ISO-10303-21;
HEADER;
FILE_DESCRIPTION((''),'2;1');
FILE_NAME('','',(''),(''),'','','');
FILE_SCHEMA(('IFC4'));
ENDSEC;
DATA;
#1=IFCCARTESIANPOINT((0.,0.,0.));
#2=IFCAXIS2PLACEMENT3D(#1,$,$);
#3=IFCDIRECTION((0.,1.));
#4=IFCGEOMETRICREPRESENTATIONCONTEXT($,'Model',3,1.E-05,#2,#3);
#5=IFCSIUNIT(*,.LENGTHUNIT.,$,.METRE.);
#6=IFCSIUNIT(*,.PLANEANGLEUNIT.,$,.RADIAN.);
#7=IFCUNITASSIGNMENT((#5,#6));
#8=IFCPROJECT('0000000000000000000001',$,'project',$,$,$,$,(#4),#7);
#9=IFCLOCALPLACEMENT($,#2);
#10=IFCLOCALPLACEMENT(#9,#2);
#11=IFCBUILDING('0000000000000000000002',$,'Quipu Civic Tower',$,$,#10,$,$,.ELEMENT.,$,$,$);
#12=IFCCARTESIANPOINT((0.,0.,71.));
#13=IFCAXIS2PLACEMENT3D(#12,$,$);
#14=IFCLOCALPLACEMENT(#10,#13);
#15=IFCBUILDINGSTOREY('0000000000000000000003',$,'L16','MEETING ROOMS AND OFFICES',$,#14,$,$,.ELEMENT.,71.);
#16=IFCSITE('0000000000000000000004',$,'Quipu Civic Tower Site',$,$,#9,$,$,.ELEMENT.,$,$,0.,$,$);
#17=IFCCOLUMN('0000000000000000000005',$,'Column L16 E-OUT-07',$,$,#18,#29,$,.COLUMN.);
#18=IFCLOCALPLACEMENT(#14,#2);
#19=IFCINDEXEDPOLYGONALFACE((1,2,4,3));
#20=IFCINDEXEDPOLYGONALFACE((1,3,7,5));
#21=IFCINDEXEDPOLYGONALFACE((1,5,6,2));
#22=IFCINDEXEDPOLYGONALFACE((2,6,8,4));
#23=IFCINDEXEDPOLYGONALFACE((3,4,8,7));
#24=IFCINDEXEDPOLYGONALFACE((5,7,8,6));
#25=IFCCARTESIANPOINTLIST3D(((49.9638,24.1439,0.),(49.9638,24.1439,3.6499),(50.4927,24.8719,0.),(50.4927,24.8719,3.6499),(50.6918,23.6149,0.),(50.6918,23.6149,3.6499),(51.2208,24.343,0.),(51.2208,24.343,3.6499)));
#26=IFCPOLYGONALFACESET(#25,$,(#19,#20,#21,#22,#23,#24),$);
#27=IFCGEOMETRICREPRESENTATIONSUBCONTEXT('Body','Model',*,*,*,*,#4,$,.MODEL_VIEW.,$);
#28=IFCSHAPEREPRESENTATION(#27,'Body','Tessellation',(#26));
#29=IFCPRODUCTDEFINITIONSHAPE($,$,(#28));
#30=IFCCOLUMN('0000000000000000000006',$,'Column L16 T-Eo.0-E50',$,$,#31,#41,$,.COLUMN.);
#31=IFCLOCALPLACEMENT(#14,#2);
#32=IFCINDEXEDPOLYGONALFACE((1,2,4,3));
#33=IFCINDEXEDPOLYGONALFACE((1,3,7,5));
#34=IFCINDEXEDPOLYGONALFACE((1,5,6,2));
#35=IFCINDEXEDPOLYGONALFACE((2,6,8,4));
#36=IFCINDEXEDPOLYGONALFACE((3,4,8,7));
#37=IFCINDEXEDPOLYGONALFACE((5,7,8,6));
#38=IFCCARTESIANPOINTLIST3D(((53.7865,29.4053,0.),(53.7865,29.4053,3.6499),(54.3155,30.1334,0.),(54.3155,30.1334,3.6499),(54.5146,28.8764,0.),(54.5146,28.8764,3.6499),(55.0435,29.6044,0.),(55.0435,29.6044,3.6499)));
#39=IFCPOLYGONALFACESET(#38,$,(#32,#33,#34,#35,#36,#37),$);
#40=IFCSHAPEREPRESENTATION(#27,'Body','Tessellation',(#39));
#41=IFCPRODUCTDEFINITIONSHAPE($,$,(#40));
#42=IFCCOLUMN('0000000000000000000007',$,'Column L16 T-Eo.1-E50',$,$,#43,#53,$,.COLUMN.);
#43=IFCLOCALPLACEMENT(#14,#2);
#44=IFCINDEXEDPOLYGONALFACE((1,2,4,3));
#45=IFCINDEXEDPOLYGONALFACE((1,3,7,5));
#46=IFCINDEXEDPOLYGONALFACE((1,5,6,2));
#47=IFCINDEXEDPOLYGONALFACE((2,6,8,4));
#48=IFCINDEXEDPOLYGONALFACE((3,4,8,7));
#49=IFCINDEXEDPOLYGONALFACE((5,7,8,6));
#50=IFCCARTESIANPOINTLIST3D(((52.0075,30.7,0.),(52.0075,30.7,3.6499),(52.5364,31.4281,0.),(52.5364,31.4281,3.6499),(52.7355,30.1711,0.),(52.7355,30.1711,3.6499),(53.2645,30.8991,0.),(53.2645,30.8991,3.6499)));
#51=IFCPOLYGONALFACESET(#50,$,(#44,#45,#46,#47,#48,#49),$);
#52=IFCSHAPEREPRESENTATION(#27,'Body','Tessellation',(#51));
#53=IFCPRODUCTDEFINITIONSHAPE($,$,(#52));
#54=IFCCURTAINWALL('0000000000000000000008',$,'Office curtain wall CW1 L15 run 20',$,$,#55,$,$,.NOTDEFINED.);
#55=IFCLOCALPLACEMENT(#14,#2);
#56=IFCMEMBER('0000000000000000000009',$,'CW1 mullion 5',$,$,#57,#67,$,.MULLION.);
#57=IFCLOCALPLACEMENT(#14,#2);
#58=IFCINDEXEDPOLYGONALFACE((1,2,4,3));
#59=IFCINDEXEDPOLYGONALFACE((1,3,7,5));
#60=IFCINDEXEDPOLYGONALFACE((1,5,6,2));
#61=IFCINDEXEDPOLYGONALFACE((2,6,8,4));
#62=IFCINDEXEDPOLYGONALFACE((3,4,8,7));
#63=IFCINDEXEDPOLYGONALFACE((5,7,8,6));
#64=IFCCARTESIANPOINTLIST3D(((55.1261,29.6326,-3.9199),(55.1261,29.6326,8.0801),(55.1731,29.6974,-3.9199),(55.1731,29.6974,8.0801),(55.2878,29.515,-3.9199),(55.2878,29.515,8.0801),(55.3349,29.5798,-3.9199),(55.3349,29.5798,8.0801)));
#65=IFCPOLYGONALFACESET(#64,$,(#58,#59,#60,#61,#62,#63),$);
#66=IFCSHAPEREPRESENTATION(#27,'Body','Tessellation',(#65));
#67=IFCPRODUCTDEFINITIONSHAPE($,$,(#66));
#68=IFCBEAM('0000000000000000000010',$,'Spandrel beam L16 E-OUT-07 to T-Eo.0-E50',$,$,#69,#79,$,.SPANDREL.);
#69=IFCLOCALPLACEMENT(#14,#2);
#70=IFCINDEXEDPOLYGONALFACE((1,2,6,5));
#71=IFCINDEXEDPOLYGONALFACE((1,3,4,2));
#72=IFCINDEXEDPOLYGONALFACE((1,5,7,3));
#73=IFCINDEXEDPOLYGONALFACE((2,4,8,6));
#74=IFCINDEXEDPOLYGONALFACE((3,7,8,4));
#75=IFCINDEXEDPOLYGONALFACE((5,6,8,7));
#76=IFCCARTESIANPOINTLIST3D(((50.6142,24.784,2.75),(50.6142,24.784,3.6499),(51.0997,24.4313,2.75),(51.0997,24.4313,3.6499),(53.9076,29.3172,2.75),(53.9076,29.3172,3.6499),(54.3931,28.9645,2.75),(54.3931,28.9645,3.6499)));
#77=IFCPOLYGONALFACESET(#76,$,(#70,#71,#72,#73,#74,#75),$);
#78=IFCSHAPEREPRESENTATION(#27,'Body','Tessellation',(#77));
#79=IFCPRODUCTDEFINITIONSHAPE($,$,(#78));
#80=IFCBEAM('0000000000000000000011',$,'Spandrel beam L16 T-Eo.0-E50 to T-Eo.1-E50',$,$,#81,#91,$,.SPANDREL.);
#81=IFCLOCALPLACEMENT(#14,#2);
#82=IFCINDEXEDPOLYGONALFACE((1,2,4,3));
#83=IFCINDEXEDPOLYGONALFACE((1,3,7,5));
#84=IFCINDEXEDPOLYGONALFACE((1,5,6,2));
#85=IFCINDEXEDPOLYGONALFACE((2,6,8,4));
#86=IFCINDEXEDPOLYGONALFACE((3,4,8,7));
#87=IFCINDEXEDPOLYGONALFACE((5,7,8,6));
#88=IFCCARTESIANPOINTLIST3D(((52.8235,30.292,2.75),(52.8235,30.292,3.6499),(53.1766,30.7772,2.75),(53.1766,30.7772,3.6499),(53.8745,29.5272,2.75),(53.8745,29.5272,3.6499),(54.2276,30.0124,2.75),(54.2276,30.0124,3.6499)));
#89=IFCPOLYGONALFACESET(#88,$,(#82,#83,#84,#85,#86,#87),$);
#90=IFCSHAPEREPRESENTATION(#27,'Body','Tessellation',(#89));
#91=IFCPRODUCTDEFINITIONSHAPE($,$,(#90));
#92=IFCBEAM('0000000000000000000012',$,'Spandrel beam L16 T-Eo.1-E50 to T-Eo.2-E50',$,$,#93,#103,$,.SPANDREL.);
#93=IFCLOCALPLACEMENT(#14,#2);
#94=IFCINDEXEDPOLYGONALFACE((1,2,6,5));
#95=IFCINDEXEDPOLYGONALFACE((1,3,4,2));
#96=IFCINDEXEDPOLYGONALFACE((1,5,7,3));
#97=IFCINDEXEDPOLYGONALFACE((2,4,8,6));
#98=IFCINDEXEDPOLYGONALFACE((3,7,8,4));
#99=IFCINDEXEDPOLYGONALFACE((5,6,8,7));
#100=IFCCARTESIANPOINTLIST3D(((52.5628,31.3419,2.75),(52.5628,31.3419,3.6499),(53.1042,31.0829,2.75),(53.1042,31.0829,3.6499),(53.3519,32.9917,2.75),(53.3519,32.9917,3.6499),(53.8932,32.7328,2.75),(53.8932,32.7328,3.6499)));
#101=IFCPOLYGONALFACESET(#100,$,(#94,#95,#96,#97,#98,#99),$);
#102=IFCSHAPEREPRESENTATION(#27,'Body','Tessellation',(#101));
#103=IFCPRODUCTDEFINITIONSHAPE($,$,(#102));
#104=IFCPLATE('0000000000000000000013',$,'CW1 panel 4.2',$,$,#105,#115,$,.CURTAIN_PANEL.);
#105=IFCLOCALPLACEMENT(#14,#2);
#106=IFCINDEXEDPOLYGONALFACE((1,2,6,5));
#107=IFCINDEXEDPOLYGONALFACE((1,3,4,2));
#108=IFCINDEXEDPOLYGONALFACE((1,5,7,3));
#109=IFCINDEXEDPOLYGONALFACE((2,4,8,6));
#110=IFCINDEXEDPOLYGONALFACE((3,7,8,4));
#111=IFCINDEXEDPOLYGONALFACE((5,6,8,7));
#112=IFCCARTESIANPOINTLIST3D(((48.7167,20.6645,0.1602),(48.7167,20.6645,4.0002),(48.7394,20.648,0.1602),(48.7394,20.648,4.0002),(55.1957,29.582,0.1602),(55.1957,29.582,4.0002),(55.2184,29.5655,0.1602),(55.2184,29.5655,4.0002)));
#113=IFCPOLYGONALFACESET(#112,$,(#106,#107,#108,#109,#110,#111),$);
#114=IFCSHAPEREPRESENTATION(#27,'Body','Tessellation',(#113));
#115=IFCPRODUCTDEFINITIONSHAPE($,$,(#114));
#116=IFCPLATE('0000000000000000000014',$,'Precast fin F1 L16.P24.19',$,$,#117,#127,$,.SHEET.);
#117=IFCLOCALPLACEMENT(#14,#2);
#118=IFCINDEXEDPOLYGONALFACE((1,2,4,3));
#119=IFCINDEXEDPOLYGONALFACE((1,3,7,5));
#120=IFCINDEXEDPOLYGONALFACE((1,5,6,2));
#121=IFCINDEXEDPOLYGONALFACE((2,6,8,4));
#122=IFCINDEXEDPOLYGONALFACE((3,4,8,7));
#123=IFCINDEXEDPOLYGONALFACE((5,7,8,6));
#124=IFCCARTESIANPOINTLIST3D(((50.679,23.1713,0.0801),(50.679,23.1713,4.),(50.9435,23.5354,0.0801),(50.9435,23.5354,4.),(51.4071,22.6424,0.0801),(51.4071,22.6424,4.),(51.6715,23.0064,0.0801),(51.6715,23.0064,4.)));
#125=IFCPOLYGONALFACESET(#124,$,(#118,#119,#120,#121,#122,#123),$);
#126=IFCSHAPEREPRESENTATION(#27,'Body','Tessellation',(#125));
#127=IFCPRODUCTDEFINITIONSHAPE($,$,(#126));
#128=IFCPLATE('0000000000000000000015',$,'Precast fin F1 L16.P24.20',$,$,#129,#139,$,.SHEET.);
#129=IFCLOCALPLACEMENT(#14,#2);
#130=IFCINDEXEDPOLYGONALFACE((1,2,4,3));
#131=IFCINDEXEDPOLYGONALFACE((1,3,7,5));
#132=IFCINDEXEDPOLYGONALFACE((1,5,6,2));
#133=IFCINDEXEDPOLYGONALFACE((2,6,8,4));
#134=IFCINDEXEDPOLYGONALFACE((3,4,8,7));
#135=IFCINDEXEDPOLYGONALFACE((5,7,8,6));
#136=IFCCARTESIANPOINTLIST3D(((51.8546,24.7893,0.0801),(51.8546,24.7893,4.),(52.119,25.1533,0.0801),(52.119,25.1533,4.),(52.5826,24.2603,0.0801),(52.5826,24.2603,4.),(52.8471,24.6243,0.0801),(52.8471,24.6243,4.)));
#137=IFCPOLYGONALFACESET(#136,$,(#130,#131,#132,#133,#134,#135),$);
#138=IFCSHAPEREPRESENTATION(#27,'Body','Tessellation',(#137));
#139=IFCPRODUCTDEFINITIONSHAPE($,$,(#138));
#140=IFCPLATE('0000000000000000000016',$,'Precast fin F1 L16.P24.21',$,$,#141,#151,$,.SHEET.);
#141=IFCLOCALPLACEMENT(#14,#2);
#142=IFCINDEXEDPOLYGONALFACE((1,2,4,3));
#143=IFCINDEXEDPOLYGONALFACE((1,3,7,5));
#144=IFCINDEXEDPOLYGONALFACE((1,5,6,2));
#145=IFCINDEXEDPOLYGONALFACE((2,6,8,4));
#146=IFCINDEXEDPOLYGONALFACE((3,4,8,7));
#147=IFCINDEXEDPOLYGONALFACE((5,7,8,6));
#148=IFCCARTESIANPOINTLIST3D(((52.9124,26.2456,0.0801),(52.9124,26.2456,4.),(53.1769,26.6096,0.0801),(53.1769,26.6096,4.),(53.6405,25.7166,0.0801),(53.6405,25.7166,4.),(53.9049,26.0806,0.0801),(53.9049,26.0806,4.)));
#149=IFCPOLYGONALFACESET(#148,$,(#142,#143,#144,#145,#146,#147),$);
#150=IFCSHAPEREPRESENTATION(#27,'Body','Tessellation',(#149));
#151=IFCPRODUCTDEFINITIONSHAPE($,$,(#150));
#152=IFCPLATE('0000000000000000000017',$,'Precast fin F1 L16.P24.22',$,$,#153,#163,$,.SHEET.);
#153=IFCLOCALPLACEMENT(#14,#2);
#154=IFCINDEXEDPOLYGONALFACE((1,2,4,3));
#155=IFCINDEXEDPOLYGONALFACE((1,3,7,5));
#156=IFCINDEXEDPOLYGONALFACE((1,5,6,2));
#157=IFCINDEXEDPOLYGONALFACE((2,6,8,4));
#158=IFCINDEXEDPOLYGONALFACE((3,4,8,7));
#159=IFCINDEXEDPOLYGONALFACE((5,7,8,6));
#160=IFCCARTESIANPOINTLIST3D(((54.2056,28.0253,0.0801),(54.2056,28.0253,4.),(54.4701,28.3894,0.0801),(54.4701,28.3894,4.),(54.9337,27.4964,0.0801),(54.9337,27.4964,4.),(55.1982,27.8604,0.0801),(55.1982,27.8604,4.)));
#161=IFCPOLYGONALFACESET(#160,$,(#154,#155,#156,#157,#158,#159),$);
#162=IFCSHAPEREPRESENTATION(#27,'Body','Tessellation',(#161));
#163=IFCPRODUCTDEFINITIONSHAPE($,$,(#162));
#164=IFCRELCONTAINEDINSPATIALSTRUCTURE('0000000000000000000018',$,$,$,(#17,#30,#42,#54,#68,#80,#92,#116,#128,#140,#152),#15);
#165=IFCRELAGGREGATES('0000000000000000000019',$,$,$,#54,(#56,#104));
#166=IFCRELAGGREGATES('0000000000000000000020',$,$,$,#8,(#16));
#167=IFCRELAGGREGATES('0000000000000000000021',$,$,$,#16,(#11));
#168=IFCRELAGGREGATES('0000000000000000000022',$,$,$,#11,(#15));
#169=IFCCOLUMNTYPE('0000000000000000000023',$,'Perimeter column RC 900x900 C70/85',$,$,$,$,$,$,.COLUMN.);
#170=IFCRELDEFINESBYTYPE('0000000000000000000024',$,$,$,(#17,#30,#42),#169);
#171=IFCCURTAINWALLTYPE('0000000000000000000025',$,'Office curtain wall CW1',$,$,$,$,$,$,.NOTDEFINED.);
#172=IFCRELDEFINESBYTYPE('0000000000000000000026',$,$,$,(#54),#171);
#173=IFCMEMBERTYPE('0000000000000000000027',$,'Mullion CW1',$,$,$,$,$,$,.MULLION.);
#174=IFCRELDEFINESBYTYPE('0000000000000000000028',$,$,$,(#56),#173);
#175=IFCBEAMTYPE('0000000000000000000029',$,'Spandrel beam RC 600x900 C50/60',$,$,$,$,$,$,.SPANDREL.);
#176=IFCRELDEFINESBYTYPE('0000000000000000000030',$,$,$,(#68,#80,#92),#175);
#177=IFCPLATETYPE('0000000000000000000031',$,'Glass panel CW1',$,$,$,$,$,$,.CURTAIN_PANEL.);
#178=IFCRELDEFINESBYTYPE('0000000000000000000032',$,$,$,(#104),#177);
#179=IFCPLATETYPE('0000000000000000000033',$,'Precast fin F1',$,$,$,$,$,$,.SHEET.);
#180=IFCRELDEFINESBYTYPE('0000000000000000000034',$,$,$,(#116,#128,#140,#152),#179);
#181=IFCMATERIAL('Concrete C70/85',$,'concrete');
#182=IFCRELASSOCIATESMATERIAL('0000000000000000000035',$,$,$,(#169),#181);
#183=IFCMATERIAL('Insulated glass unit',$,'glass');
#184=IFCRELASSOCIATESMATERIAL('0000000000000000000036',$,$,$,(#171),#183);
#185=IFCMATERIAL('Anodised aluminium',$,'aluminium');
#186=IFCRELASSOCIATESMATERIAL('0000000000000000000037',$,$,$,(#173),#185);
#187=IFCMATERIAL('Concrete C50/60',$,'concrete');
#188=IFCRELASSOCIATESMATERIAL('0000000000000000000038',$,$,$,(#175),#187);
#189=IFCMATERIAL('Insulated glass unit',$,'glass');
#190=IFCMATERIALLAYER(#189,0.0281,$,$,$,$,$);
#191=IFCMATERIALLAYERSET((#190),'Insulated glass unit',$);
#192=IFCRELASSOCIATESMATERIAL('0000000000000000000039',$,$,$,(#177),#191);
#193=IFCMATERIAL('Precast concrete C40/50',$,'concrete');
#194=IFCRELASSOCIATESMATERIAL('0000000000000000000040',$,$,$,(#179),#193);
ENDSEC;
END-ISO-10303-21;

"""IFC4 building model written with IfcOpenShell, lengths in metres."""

from ifc_helpers import new_model, si_unit, direction, frame, origin, origin_2d, place, context, subcontext, project, spatial, rectangle, extrude, material, layer, layer_set, material_profile, profile_set, type_object, element, aggregate, save


model = new_model("IFC4")

# Units and contexts
model_context = context("Model", 3, precision=1e-05, world=origin(), true_north=direction((0.0, 1.0)))
body_context = subcontext(model_context, "Body", "Model", "MODEL_VIEW")
ifc_project = project(units=[si_unit("LENGTHUNIT", "METRE"), si_unit("PLANEANGLEUNIT", "RADIAN")], contexts=[model_context])

# Site, building, storey
site_placement = place(None, origin())
site = spatial("IfcSite", under=ifc_project, at=site_placement, Name="Quipu Civic Tower Site", CompositionType="ELEMENT", RefElevation=0.0)
building_placement = place(site_placement, origin())
building = spatial("IfcBuilding", under=site, at=building_placement, Name="Quipu Civic Tower", CompositionType="ELEMENT")
storey_placement = place(building_placement, frame((0.0, 0.0, 71.0)))
storey = spatial("IfcBuildingStorey", under=building, at=storey_placement, Name="L16", Description="MEETING ROOMS AND OFFICES", CompositionType="ELEMENT", Elevation=71.0)

# Columns
ifc_material_1 = material(Name="Concrete C70/85", Category="concrete")
ifc_material_profile_1 = material_profile(ifc_material_1, rectangle(XDim=0.8999, YDim=0.8999, at=origin_2d()), Name="RC900x900")
ifc_profile_set_1 = profile_set([ifc_material_profile_1], Name="Concrete C70/85")
column_type = type_object("IfcColumnType", Name="Perimeter column RC 900x900 C70/85", PredefinedType="COLUMN", material=ifc_profile_set_1)
for number, where, z_axis, x_axis, name in (
    (1, (50.5923, 24.2434, 0.0), (0.0, 0.0, 1.0), (0.587785, 0.809017, 0.0), "Column L16 E-OUT-07"),
    (2, (54.415, 29.5049, 0.0), (0.0, 0.0, 1.0), (0.587785, 0.809017, 0.0), "Column L16 T-Eo.0-E50"),
    (3, (52.636, 30.7996, 0.0), (0.0, 0.0, 1.0), (-0.809017, 0.587785, 0.0), "Column L16 T-Eo.1-E50"),
):
    element("IfcColumn", number, at=place(storey_placement, frame(where, z_axis=z_axis, x_axis=x_axis)), inside=storey, type_object=column_type, Name=name, PredefinedType="COLUMN", context=body_context, shape_type="SweptSolid", body=[
        extrude(rectangle(XDim=0.8999, YDim=0.8999, at=origin_2d()), origin(), (0.0, 0.0, 1.0), 3.6499),
    ])

# Curtain wall, member
ifc_material_2 = material(Name="Insulated glass unit", Category="glass")
curtain_wall_type = type_object("IfcCurtainWallType", Name="Office curtain wall CW1", PredefinedType="NOTDEFINED", material=ifc_material_2)
curtain_wall_placement = place(storey_placement, origin())
curtain_wall = element("IfcCurtainWall", 4, at=curtain_wall_placement, inside=storey, type_object=curtain_wall_type, Name="Office curtain wall CW1 L15 run 20", PredefinedType="NOTDEFINED")
ifc_material_3 = material(Name="Anodised aluminium", Category="aluminium")
ifc_material_profile_2 = material_profile(ifc_material_3, rectangle(XDim=0.2, YDim=0.0801, at=origin_2d()), Name="RECT 200x80")
ifc_profile_set_2 = profile_set([ifc_material_profile_2], Name="Anodised aluminium")
member_type = type_object("IfcMemberType", Name="Mullion CW1", PredefinedType="MULLION", material=ifc_profile_set_2)
member_placement = place(storey_placement, frame((55.2305, 29.6062, -3.9199), z_axis=(0.0, 0.0, 1.0), x_axis=(-0.809017, 0.587786, 0.0)))
member = element("IfcMember", 5, at=member_placement, type_object=member_type, Name="CW1 mullion 5", PredefinedType="MULLION", context=body_context, shape_type="SweptSolid", body=[
    extrude(rectangle(XDim=0.2, YDim=0.0801, at=origin_2d()), origin(), (0.0, 0.0, 1.0), 12.0),
])

# Beams
ifc_material_4 = material(Name="Concrete C50/60", Category="concrete")
ifc_material_profile_3 = material_profile(ifc_material_4, rectangle(XDim=0.6001, YDim=0.8999, at=origin_2d()), Name="RC600x900")
ifc_profile_set_3 = profile_set([ifc_material_profile_3], Name="Concrete C50/60")
beam_type = type_object("IfcBeamType", Name="Spandrel beam RC 600x900 C50/60", PredefinedType="SPANDREL", material=ifc_profile_set_3)
beam_1_placement = place(storey_placement, frame((50.8569, 24.6077, 3.2), z_axis=(0.587773, 0.809026, 0.0), x_axis=(-0.809026, 0.587773, 0.0)))
element("IfcBeam", 6, at=beam_1_placement, inside=storey, type_object=beam_type, Name="Spandrel beam L16 E-OUT-07 to T-Eo.0-E50", PredefinedType="SPANDREL", context=body_context, shape_type="SweptSolid", body=[
    extrude(rectangle(XDim=0.6001, YDim=0.8999, at=origin_2d()), origin(), (0.0, 0.0, 1.0), 5.6033),
])
beam_2_placement = place(storey_placement, frame((54.051, 29.7698, 3.2), z_axis=(-0.808549, 0.588429, 0.0), x_axis=(-0.588429, -0.808549, 0.0)))
element("IfcBeam", 7, at=beam_2_placement, inside=storey, type_object=beam_type, Name="Spandrel beam L16 T-Eo.0-E50 to T-Eo.1-E50", PredefinedType="SPANDREL", context=body_context, shape_type="SweptSolid", body=[
    extrude(rectangle(XDim=0.6001, YDim=0.8999, at=origin_2d()), origin(), (0.0, 0.0, 1.0), 1.2998),
])
beam_3_placement = place(storey_placement, frame((52.8335, 31.2124, 3.2), z_axis=(0.431446, 0.902139, 0.0), x_axis=(-0.902139, 0.431446, 0.0)))
element("IfcBeam", 8, at=beam_3_placement, inside=storey, type_object=beam_type, Name="Spandrel beam L16 T-Eo.1-E50 to T-Eo.2-E50", PredefinedType="SPANDREL", context=body_context, shape_type="SweptSolid", body=[
    extrude(rectangle(XDim=0.6001, YDim=0.8999, at=origin_2d()), origin(), (0.0, 0.0, 1.0), 1.8289),
])

# Plate
ifc_material_5 = material(Name="Insulated glass unit", Category="glass")
ifc_layer_1 = layer(ifc_material_5, 0.0281)
ifc_layer_set_1 = layer_set([ifc_layer_1], Name="Insulated glass unit")
plate_type_1 = type_object("IfcPlateType", Name="Glass panel CW1", PredefinedType="CURTAIN_PANEL", material=ifc_layer_set_1)
plate_placement = place(storey_placement, frame((51.9675, 25.115, 0.1602), z_axis=(0.0, 0.0, 1.0), x_axis=(0.587786, 0.809017, 0.0)))
plate = element("IfcPlate", 9, at=plate_placement, type_object=plate_type_1, Name="CW1 panel 4.2", PredefinedType="CURTAIN_PANEL", context=body_context, shape_type="SweptSolid", body=[
    extrude(rectangle(XDim=11.0227, YDim=0.0281, at=origin_2d()), origin(), (0.0, 0.0, 1.0), 3.8401),
])
aggregate(curtain_wall, [member, plate])

# Plates
ifc_material_6 = material(Name="Precast concrete C40/50", Category="concrete")
plate_type_2 = type_object("IfcPlateType", Name="Precast fin F1", PredefinedType="SHEET", material=ifc_material_6)
for number, where, z_axis, x_axis, name in (
    (10, (51.1753, 23.0889, 0.0801), (0.0, 0.0, 1.0), (0.587786, 0.809017, 0.0), "Precast fin F1 L16.P24.19"),
    (11, (52.3508, 24.7068, 0.0801), (0.0, 0.0, 1.0), (0.587786, 0.809017, 0.0), "Precast fin F1 L16.P24.20"),
    (12, (53.4087, 26.1631, 0.0801), (0.0, 0.0, 1.0), (0.587786, 0.809017, 0.0), "Precast fin F1 L16.P24.21"),
    (13, (54.7019, 27.9429, 0.0801), (0.0, 0.0, 1.0), (0.587786, 0.809017, 0.0), "Precast fin F1 L16.P24.22"),
):
    element("IfcPlate", number, at=place(storey_placement, frame(where, z_axis=z_axis, x_axis=x_axis)), inside=storey, type_object=plate_type_2, Name=name, PredefinedType="SHEET", context=body_context, shape_type="SweptSolid", body=[
        extrude(rectangle(XDim=0.45, YDim=0.8999, at=origin_2d()), origin(), (0.0, 0.0, 1.0), 3.9199),
    ])

save(model, "model.ifc")
